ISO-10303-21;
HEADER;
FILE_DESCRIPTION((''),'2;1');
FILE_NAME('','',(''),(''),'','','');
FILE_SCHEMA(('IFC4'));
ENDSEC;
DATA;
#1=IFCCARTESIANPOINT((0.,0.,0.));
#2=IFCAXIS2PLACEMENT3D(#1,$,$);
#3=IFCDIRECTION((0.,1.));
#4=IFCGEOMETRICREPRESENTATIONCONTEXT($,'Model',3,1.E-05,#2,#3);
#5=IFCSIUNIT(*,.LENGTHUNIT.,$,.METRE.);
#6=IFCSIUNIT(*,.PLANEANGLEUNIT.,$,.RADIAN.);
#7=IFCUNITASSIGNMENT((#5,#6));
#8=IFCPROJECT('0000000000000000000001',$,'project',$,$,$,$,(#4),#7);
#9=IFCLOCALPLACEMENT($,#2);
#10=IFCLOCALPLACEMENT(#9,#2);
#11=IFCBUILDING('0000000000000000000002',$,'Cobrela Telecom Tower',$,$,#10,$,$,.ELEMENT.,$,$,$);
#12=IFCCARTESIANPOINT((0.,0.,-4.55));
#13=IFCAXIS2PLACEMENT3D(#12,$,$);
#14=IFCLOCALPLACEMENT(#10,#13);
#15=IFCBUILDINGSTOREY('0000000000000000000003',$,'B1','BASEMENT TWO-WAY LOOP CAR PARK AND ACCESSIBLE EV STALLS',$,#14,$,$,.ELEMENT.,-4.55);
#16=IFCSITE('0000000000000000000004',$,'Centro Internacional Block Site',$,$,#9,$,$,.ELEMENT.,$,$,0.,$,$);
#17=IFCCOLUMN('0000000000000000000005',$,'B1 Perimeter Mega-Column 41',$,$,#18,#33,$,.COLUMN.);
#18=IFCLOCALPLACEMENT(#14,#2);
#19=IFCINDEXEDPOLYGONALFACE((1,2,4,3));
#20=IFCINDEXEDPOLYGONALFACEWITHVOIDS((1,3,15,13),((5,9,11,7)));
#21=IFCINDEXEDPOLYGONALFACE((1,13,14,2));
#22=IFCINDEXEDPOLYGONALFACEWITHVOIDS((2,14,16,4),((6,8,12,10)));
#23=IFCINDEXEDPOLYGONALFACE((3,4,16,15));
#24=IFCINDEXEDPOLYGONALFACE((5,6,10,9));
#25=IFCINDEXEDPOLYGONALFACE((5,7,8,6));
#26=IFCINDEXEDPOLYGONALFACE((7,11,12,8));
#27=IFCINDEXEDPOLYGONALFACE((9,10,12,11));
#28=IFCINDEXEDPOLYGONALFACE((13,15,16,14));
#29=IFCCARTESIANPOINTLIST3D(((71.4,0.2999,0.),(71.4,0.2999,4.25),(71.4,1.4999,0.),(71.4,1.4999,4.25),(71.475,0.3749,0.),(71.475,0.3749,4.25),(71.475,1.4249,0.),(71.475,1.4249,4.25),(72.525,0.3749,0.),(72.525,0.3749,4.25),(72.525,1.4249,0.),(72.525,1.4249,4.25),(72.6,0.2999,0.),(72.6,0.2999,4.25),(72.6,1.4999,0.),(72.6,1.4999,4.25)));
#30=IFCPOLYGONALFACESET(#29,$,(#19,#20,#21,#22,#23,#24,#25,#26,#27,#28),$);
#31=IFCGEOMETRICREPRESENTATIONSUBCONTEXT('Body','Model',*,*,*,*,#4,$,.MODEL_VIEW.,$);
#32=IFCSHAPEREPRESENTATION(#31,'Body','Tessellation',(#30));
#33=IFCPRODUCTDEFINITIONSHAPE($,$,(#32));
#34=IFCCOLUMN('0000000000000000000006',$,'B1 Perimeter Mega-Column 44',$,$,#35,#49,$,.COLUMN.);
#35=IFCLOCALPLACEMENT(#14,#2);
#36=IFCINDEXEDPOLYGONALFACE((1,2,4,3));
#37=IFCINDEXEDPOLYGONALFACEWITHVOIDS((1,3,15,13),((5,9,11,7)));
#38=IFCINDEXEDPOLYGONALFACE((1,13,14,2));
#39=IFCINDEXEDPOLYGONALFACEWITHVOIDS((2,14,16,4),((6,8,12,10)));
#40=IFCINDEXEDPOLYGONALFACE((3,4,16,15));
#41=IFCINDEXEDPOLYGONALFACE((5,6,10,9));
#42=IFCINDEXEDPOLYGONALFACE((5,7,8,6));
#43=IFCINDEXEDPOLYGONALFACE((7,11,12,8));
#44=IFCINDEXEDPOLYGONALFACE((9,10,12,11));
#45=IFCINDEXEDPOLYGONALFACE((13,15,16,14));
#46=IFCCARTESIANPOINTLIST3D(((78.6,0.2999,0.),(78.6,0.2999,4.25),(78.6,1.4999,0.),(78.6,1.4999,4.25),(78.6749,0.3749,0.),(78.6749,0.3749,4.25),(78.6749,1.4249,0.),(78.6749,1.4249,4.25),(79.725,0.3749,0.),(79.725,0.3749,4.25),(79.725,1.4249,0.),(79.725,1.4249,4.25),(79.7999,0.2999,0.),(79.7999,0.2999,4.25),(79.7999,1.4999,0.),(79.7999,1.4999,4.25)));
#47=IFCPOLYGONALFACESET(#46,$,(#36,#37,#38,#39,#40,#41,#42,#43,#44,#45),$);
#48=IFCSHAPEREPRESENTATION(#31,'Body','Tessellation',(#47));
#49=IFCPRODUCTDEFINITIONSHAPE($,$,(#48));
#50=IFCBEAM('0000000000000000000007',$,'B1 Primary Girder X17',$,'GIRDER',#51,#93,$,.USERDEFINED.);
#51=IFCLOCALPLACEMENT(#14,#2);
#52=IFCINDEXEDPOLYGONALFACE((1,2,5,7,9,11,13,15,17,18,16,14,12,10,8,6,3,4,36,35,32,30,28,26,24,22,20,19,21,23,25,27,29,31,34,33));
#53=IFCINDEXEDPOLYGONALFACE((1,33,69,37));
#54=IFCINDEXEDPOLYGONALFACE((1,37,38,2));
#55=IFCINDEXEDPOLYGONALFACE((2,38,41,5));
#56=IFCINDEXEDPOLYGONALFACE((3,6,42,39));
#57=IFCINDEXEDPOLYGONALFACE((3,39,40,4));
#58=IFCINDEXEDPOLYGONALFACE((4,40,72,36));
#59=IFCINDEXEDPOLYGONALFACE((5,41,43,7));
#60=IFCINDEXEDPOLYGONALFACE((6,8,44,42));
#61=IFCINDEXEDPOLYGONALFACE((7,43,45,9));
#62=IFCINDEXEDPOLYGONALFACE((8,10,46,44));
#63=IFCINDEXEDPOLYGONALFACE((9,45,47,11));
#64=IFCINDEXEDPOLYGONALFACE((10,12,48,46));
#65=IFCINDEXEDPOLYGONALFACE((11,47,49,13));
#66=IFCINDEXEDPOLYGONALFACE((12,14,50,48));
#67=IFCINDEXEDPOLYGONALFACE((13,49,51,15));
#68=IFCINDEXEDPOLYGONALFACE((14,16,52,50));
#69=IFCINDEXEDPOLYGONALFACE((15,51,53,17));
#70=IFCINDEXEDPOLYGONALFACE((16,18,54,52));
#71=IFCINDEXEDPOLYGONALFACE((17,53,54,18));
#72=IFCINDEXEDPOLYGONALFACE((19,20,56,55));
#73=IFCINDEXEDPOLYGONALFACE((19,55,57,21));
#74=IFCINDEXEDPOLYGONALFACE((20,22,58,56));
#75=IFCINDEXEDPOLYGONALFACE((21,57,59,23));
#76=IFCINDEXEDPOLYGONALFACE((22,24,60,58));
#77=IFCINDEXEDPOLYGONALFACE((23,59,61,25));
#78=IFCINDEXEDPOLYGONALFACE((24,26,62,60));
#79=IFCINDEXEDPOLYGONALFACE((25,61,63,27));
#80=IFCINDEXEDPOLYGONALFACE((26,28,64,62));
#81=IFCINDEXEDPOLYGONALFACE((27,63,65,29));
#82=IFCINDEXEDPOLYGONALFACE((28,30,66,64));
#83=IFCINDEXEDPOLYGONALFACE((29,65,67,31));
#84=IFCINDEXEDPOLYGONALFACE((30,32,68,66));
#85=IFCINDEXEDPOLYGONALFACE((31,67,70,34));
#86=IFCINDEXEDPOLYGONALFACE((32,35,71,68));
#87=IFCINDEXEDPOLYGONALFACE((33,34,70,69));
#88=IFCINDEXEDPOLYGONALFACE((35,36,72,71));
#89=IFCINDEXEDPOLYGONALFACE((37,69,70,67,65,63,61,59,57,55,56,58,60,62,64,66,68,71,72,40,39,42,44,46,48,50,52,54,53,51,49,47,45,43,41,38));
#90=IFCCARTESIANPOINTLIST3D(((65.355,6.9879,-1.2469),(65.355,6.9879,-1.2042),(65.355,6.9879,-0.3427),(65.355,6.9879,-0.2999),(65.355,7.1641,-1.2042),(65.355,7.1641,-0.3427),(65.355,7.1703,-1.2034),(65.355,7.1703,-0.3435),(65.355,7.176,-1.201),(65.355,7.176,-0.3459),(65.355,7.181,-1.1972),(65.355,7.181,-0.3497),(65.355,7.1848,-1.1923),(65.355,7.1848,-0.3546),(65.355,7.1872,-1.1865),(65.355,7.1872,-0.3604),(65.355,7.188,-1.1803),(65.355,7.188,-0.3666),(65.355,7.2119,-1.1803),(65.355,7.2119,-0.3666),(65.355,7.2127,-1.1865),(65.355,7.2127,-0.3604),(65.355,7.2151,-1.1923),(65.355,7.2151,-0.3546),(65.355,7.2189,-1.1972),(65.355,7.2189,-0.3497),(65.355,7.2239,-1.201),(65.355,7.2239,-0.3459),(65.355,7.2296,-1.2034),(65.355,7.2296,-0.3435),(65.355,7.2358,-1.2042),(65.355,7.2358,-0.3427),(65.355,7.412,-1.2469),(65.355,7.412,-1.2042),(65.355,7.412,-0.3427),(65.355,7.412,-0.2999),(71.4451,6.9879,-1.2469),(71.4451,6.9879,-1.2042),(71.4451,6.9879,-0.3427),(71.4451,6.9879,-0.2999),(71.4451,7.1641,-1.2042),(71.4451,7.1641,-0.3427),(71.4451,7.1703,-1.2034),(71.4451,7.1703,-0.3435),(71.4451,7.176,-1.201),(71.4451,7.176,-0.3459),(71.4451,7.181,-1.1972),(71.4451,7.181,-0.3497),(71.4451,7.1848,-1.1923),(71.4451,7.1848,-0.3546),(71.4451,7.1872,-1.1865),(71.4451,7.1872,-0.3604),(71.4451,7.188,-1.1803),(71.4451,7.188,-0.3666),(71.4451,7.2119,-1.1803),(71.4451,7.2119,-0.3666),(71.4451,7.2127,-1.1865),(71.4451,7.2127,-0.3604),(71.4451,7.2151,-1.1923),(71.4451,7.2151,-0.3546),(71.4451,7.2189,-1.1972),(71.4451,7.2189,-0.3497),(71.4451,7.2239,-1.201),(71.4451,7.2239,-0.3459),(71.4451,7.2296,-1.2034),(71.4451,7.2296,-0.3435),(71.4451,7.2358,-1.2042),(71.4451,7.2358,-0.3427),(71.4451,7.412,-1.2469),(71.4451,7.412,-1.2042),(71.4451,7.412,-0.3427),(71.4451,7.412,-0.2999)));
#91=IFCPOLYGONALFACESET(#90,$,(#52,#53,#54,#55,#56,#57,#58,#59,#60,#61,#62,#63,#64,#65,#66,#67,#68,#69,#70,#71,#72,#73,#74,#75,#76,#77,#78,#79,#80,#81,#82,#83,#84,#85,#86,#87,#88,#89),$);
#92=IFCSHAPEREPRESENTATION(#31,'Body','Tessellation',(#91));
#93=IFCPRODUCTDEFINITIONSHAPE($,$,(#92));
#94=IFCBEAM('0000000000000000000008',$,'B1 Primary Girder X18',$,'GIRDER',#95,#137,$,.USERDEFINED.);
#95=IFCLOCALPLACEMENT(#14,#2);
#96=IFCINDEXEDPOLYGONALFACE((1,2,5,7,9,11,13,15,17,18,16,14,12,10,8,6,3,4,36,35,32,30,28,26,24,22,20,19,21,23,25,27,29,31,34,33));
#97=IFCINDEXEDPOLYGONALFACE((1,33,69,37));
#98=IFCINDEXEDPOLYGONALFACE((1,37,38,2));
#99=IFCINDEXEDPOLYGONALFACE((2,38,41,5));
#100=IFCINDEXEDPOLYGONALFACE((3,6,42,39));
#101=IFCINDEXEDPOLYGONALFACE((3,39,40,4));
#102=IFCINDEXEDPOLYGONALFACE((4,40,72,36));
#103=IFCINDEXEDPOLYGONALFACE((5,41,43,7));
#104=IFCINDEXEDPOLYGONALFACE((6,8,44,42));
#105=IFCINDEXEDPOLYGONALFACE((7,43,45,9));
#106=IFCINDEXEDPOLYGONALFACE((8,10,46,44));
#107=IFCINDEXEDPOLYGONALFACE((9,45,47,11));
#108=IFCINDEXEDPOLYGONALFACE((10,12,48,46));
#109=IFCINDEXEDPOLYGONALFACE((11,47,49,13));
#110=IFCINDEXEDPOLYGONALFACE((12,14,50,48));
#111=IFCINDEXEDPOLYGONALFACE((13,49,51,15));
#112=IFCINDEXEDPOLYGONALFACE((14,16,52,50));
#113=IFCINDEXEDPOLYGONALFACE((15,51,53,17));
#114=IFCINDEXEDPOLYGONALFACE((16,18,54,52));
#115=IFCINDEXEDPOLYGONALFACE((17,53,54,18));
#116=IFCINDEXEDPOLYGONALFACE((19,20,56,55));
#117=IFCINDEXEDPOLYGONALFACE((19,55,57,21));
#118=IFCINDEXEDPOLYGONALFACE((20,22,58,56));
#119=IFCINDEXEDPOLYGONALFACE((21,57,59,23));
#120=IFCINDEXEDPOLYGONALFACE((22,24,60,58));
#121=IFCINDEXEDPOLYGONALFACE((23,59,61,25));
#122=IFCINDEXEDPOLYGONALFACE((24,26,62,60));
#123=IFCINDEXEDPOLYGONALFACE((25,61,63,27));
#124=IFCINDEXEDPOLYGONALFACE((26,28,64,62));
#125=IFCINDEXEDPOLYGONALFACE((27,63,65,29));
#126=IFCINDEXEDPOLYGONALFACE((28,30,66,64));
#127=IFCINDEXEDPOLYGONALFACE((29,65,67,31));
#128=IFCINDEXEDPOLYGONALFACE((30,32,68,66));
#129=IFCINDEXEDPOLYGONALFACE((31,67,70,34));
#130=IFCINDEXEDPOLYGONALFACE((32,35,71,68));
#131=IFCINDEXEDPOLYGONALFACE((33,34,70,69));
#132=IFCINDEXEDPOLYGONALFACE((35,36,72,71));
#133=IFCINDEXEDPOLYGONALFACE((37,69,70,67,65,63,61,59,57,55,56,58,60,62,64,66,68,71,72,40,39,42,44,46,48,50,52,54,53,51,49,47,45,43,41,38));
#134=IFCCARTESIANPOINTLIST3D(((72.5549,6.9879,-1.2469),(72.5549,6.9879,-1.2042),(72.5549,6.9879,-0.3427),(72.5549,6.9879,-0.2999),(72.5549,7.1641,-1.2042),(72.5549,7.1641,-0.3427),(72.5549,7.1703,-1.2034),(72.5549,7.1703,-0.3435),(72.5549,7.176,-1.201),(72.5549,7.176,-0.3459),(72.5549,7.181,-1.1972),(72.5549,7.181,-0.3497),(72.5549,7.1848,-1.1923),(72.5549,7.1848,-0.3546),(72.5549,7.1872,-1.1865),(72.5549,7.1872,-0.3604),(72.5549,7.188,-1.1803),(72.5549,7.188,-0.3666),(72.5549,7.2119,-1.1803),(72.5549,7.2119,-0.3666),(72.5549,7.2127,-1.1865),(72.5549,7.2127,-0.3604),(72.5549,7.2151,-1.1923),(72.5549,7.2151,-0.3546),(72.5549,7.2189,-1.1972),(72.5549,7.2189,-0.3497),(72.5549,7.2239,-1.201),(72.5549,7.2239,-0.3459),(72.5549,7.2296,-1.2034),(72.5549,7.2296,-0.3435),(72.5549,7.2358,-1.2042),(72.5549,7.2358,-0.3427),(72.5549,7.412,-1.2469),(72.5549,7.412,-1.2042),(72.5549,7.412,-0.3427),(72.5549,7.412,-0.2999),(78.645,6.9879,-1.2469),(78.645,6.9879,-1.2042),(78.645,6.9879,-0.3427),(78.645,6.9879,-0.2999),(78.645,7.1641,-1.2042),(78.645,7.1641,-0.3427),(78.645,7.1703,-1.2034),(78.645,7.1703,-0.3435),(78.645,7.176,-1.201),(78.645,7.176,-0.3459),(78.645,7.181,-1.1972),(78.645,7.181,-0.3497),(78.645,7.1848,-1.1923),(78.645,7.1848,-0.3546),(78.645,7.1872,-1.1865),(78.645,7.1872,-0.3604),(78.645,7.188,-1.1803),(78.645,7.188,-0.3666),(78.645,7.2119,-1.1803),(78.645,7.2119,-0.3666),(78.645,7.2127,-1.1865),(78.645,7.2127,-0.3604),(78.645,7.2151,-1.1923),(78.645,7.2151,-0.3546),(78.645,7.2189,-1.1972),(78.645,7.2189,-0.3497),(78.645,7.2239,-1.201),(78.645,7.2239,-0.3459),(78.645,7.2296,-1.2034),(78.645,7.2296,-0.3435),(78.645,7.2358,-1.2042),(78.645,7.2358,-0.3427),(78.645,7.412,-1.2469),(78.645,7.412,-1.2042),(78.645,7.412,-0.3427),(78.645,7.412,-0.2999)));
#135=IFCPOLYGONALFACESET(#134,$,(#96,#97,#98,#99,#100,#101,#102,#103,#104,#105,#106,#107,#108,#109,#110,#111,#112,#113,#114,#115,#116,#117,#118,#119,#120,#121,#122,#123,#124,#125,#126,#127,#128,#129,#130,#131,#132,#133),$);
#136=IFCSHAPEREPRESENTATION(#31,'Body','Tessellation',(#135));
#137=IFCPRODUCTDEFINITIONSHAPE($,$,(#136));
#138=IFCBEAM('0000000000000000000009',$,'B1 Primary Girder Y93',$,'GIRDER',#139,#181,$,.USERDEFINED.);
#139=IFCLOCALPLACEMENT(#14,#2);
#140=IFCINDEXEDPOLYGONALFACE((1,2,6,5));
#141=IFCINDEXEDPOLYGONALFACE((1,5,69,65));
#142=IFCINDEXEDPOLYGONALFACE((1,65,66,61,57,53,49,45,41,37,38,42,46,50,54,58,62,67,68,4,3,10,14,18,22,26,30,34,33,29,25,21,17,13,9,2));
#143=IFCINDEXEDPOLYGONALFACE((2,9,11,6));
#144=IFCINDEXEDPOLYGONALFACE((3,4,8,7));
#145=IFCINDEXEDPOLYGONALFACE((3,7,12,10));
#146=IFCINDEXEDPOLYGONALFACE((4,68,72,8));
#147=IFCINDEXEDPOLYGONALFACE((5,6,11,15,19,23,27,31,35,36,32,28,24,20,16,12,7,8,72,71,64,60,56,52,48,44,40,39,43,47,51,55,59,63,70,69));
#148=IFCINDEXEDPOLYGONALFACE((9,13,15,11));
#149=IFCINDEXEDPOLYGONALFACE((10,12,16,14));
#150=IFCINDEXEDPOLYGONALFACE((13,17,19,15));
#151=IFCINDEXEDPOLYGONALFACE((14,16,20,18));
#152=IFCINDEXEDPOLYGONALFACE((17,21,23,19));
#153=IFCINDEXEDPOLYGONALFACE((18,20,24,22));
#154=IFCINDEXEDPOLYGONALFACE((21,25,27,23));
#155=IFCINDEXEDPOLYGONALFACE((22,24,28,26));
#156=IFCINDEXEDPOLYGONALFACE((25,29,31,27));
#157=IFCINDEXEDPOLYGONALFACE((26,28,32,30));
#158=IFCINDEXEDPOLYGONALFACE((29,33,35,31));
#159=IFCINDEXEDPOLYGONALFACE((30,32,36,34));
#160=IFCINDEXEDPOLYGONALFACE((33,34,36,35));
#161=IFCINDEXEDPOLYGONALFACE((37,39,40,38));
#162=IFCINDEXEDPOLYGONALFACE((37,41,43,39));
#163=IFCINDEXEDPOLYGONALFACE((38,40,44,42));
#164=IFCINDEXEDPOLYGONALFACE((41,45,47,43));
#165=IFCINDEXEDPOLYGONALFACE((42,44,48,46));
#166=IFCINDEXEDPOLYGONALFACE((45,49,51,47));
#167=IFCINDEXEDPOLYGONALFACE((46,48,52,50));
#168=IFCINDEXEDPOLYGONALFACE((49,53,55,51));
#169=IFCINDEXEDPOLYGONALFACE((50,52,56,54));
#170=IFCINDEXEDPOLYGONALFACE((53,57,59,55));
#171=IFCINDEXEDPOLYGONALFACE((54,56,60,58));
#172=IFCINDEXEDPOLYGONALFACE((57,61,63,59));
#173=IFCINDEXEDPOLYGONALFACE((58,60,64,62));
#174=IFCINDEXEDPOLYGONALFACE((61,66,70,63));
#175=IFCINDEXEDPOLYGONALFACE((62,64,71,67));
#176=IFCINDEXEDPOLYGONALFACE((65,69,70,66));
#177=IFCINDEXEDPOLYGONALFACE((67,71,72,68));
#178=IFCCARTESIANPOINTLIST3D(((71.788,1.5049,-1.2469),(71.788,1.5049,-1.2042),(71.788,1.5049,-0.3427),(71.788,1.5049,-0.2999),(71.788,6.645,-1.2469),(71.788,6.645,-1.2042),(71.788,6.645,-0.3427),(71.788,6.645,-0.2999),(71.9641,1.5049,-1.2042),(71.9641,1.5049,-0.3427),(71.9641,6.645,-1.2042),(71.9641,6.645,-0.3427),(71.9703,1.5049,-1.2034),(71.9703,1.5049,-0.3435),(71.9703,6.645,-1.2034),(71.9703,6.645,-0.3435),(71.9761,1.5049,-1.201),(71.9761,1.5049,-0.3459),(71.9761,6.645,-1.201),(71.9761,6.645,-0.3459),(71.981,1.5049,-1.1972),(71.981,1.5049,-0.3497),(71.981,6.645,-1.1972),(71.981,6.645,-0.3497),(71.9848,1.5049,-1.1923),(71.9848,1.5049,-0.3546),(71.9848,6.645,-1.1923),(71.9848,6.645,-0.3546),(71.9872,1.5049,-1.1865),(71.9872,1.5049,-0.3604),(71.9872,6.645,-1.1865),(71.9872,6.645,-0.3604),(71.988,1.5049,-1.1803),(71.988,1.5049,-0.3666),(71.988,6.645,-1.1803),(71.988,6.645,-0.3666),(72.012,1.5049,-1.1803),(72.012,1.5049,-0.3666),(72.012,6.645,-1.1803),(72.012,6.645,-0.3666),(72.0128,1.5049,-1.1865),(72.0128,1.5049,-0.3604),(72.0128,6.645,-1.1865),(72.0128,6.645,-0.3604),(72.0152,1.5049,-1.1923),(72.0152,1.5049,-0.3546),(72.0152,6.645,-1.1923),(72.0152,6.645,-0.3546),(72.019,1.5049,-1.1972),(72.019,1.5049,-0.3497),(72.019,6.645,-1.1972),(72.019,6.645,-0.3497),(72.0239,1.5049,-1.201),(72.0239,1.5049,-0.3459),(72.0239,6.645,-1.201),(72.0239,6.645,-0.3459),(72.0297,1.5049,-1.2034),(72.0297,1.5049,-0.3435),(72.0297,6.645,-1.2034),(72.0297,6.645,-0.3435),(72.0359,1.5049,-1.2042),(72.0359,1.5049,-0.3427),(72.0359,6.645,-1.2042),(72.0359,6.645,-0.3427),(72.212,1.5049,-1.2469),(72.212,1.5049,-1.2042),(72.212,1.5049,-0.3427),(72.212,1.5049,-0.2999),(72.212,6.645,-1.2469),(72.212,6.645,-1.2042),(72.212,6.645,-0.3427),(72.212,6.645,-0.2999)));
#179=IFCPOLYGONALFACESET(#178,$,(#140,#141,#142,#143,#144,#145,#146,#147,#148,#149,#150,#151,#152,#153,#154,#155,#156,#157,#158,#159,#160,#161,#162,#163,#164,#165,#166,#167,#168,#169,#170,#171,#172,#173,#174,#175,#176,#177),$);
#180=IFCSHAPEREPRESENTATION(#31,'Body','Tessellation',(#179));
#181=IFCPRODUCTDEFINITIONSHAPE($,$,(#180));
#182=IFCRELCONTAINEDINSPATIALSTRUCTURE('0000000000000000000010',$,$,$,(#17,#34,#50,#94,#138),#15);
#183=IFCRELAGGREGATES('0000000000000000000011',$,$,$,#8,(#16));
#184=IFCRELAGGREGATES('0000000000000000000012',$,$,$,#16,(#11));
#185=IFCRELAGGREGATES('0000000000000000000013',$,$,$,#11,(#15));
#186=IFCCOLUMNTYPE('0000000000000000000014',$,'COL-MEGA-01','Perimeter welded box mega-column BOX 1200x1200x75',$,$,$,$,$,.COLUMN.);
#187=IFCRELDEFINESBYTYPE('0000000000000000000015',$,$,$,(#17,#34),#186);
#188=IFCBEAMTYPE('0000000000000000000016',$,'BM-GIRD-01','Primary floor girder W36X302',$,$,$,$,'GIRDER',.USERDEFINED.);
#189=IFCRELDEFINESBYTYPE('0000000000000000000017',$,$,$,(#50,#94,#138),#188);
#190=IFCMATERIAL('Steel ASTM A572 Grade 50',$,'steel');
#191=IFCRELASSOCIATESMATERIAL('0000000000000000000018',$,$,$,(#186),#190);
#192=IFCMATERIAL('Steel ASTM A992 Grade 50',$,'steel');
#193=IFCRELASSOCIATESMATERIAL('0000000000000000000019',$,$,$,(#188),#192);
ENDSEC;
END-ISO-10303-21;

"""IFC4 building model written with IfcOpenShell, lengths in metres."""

from ifc_helpers import new_model, si_unit, direction, frame, origin, origin_2d, place, context, subcontext, project, spatial, hollow_rectangle, i_section, extrude, material, material_profile, profile_set, type_object, element, save


model = new_model("IFC4")

# Units and contexts
model_context = context("Model", 3, precision=1e-05, world=origin(), true_north=direction((0.0, 1.0)))
body_context = subcontext(model_context, "Body", "Model", "MODEL_VIEW")
ifc_project = project(units=[si_unit("LENGTHUNIT", "METRE"), si_unit("PLANEANGLEUNIT", "RADIAN")], contexts=[model_context])

# Site, building, storey
site_placement = place(None, origin())
site = spatial("IfcSite", under=ifc_project, at=site_placement, Name="Centro Internacional Block Site", CompositionType="ELEMENT", RefElevation=0.0)
building_placement = place(site_placement, origin())
building = spatial("IfcBuilding", under=site, at=building_placement, Name="Cobrela Telecom Tower", CompositionType="ELEMENT")
storey_placement = place(building_placement, frame((0.0, 0.0, -4.55)))
storey = spatial("IfcBuildingStorey", under=building, at=storey_placement, Name="B1", Description="BASEMENT TWO-WAY LOOP CAR PARK AND ACCESSIBLE EV STALLS", CompositionType="ELEMENT", Elevation=-4.55)

# Columns
ifc_material_1 = material(Name="Steel ASTM A572 Grade 50", Category="steel")
ifc_material_profile_1 = material_profile(ifc_material_1, hollow_rectangle(XDim=1.2, YDim=1.2, WallThickness=0.075, at=origin_2d()), Name="BOX 1200x1200x75")
ifc_profile_set_1 = profile_set([ifc_material_profile_1], Name="Steel ASTM A572 Grade 50")
column_type = type_object("IfcColumnType", Name="COL-MEGA-01", Description="Perimeter welded box mega-column BOX 1200x1200x75", PredefinedType="COLUMN", material=ifc_profile_set_1)
for number, where, z_axis, x_axis, name in (
    (1, (72.0, 0.8999, 0.0), (0.0, 0.0, 1.0), (1.0, 0.0, 0.0), "B1 Perimeter Mega-Column 41"),
    (2, (79.2, 0.8999, 0.0), (0.0, 0.0, 1.0), (1.0, 0.0, 0.0), "B1 Perimeter Mega-Column 44"),
):
    element("IfcColumn", number, at=place(storey_placement, frame(where, z_axis=z_axis, x_axis=x_axis)), inside=storey, type_object=column_type, Name=name, PredefinedType="COLUMN", context=body_context, shape_type="SweptSolid", body=[
        extrude(hollow_rectangle(XDim=1.2, YDim=1.2, WallThickness=0.075, at=origin_2d()), origin(), (0.0, 0.0, 1.0), 4.25),
    ])

# Beams
ifc_material_2 = material(Name="Steel ASTM A992 Grade 50", Category="steel")
ifc_material_profile_2 = material_profile(ifc_material_2, i_section(OverallWidth=0.4241, OverallDepth=0.947, WebThickness=0.0239, FlangeThickness=0.0427, FilletRadius=0.0239, at=origin_2d()), Name="W36X302")
ifc_profile_set_2 = profile_set([ifc_material_profile_2], Name="Steel ASTM A992 Grade 50")
beam_type_1 = type_object("IfcBeamType", Name="BM-GIRD-01", Description="Primary floor girder W36X302", ElementType="GIRDER", PredefinedType="USERDEFINED", material=ifc_profile_set_2)
for number, where, z_axis, x_axis, name in (
    (3, (65.355, 7.2, -0.7734), (1.0, 0.0, 0.0), (0.0, 1.0, 0.0), "B1 Primary Girder X17"),
    (4, (72.5549, 7.2, -0.7734), (1.0, 0.0, 0.0), (0.0, 1.0, 0.0), "B1 Primary Girder X18"),
):
    element("IfcBeam", number, at=place(storey_placement, frame(where, z_axis=z_axis, x_axis=x_axis)), inside=storey, type_object=beam_type_1, Name=name, ObjectType="GIRDER", PredefinedType="USERDEFINED", context=body_context, shape_type="SweptSolid", body=[
        extrude(i_section(OverallWidth=0.4241, OverallDepth=0.947, WebThickness=0.0239, FlangeThickness=0.0427, FilletRadius=0.0239, at=origin_2d()), origin(), (0.0, 0.0, 1.0), 6.0901),
    ])
for number, where, z_axis, x_axis, name in (
    (5, (72.0, 1.5049, -0.7734), (0.0, 1.0, 0.0), (-1.0, 0.0, 0.0), "B1 Primary Girder Y93"),
):
    element("IfcBeam", number, at=place(storey_placement, frame(where, z_axis=z_axis, x_axis=x_axis)), inside=storey, type_object=beam_type_1, Name=name, ObjectType="GIRDER", PredefinedType="USERDEFINED", context=body_context, shape_type="SweptSolid", body=[
        extrude(i_section(OverallWidth=0.4241, OverallDepth=0.947, WebThickness=0.0239, FlangeThickness=0.0427, FilletRadius=0.0239, at=origin_2d()), origin(), (0.0, 0.0, 1.0), 5.1401),
    ])

save(model, "model.ifc")
